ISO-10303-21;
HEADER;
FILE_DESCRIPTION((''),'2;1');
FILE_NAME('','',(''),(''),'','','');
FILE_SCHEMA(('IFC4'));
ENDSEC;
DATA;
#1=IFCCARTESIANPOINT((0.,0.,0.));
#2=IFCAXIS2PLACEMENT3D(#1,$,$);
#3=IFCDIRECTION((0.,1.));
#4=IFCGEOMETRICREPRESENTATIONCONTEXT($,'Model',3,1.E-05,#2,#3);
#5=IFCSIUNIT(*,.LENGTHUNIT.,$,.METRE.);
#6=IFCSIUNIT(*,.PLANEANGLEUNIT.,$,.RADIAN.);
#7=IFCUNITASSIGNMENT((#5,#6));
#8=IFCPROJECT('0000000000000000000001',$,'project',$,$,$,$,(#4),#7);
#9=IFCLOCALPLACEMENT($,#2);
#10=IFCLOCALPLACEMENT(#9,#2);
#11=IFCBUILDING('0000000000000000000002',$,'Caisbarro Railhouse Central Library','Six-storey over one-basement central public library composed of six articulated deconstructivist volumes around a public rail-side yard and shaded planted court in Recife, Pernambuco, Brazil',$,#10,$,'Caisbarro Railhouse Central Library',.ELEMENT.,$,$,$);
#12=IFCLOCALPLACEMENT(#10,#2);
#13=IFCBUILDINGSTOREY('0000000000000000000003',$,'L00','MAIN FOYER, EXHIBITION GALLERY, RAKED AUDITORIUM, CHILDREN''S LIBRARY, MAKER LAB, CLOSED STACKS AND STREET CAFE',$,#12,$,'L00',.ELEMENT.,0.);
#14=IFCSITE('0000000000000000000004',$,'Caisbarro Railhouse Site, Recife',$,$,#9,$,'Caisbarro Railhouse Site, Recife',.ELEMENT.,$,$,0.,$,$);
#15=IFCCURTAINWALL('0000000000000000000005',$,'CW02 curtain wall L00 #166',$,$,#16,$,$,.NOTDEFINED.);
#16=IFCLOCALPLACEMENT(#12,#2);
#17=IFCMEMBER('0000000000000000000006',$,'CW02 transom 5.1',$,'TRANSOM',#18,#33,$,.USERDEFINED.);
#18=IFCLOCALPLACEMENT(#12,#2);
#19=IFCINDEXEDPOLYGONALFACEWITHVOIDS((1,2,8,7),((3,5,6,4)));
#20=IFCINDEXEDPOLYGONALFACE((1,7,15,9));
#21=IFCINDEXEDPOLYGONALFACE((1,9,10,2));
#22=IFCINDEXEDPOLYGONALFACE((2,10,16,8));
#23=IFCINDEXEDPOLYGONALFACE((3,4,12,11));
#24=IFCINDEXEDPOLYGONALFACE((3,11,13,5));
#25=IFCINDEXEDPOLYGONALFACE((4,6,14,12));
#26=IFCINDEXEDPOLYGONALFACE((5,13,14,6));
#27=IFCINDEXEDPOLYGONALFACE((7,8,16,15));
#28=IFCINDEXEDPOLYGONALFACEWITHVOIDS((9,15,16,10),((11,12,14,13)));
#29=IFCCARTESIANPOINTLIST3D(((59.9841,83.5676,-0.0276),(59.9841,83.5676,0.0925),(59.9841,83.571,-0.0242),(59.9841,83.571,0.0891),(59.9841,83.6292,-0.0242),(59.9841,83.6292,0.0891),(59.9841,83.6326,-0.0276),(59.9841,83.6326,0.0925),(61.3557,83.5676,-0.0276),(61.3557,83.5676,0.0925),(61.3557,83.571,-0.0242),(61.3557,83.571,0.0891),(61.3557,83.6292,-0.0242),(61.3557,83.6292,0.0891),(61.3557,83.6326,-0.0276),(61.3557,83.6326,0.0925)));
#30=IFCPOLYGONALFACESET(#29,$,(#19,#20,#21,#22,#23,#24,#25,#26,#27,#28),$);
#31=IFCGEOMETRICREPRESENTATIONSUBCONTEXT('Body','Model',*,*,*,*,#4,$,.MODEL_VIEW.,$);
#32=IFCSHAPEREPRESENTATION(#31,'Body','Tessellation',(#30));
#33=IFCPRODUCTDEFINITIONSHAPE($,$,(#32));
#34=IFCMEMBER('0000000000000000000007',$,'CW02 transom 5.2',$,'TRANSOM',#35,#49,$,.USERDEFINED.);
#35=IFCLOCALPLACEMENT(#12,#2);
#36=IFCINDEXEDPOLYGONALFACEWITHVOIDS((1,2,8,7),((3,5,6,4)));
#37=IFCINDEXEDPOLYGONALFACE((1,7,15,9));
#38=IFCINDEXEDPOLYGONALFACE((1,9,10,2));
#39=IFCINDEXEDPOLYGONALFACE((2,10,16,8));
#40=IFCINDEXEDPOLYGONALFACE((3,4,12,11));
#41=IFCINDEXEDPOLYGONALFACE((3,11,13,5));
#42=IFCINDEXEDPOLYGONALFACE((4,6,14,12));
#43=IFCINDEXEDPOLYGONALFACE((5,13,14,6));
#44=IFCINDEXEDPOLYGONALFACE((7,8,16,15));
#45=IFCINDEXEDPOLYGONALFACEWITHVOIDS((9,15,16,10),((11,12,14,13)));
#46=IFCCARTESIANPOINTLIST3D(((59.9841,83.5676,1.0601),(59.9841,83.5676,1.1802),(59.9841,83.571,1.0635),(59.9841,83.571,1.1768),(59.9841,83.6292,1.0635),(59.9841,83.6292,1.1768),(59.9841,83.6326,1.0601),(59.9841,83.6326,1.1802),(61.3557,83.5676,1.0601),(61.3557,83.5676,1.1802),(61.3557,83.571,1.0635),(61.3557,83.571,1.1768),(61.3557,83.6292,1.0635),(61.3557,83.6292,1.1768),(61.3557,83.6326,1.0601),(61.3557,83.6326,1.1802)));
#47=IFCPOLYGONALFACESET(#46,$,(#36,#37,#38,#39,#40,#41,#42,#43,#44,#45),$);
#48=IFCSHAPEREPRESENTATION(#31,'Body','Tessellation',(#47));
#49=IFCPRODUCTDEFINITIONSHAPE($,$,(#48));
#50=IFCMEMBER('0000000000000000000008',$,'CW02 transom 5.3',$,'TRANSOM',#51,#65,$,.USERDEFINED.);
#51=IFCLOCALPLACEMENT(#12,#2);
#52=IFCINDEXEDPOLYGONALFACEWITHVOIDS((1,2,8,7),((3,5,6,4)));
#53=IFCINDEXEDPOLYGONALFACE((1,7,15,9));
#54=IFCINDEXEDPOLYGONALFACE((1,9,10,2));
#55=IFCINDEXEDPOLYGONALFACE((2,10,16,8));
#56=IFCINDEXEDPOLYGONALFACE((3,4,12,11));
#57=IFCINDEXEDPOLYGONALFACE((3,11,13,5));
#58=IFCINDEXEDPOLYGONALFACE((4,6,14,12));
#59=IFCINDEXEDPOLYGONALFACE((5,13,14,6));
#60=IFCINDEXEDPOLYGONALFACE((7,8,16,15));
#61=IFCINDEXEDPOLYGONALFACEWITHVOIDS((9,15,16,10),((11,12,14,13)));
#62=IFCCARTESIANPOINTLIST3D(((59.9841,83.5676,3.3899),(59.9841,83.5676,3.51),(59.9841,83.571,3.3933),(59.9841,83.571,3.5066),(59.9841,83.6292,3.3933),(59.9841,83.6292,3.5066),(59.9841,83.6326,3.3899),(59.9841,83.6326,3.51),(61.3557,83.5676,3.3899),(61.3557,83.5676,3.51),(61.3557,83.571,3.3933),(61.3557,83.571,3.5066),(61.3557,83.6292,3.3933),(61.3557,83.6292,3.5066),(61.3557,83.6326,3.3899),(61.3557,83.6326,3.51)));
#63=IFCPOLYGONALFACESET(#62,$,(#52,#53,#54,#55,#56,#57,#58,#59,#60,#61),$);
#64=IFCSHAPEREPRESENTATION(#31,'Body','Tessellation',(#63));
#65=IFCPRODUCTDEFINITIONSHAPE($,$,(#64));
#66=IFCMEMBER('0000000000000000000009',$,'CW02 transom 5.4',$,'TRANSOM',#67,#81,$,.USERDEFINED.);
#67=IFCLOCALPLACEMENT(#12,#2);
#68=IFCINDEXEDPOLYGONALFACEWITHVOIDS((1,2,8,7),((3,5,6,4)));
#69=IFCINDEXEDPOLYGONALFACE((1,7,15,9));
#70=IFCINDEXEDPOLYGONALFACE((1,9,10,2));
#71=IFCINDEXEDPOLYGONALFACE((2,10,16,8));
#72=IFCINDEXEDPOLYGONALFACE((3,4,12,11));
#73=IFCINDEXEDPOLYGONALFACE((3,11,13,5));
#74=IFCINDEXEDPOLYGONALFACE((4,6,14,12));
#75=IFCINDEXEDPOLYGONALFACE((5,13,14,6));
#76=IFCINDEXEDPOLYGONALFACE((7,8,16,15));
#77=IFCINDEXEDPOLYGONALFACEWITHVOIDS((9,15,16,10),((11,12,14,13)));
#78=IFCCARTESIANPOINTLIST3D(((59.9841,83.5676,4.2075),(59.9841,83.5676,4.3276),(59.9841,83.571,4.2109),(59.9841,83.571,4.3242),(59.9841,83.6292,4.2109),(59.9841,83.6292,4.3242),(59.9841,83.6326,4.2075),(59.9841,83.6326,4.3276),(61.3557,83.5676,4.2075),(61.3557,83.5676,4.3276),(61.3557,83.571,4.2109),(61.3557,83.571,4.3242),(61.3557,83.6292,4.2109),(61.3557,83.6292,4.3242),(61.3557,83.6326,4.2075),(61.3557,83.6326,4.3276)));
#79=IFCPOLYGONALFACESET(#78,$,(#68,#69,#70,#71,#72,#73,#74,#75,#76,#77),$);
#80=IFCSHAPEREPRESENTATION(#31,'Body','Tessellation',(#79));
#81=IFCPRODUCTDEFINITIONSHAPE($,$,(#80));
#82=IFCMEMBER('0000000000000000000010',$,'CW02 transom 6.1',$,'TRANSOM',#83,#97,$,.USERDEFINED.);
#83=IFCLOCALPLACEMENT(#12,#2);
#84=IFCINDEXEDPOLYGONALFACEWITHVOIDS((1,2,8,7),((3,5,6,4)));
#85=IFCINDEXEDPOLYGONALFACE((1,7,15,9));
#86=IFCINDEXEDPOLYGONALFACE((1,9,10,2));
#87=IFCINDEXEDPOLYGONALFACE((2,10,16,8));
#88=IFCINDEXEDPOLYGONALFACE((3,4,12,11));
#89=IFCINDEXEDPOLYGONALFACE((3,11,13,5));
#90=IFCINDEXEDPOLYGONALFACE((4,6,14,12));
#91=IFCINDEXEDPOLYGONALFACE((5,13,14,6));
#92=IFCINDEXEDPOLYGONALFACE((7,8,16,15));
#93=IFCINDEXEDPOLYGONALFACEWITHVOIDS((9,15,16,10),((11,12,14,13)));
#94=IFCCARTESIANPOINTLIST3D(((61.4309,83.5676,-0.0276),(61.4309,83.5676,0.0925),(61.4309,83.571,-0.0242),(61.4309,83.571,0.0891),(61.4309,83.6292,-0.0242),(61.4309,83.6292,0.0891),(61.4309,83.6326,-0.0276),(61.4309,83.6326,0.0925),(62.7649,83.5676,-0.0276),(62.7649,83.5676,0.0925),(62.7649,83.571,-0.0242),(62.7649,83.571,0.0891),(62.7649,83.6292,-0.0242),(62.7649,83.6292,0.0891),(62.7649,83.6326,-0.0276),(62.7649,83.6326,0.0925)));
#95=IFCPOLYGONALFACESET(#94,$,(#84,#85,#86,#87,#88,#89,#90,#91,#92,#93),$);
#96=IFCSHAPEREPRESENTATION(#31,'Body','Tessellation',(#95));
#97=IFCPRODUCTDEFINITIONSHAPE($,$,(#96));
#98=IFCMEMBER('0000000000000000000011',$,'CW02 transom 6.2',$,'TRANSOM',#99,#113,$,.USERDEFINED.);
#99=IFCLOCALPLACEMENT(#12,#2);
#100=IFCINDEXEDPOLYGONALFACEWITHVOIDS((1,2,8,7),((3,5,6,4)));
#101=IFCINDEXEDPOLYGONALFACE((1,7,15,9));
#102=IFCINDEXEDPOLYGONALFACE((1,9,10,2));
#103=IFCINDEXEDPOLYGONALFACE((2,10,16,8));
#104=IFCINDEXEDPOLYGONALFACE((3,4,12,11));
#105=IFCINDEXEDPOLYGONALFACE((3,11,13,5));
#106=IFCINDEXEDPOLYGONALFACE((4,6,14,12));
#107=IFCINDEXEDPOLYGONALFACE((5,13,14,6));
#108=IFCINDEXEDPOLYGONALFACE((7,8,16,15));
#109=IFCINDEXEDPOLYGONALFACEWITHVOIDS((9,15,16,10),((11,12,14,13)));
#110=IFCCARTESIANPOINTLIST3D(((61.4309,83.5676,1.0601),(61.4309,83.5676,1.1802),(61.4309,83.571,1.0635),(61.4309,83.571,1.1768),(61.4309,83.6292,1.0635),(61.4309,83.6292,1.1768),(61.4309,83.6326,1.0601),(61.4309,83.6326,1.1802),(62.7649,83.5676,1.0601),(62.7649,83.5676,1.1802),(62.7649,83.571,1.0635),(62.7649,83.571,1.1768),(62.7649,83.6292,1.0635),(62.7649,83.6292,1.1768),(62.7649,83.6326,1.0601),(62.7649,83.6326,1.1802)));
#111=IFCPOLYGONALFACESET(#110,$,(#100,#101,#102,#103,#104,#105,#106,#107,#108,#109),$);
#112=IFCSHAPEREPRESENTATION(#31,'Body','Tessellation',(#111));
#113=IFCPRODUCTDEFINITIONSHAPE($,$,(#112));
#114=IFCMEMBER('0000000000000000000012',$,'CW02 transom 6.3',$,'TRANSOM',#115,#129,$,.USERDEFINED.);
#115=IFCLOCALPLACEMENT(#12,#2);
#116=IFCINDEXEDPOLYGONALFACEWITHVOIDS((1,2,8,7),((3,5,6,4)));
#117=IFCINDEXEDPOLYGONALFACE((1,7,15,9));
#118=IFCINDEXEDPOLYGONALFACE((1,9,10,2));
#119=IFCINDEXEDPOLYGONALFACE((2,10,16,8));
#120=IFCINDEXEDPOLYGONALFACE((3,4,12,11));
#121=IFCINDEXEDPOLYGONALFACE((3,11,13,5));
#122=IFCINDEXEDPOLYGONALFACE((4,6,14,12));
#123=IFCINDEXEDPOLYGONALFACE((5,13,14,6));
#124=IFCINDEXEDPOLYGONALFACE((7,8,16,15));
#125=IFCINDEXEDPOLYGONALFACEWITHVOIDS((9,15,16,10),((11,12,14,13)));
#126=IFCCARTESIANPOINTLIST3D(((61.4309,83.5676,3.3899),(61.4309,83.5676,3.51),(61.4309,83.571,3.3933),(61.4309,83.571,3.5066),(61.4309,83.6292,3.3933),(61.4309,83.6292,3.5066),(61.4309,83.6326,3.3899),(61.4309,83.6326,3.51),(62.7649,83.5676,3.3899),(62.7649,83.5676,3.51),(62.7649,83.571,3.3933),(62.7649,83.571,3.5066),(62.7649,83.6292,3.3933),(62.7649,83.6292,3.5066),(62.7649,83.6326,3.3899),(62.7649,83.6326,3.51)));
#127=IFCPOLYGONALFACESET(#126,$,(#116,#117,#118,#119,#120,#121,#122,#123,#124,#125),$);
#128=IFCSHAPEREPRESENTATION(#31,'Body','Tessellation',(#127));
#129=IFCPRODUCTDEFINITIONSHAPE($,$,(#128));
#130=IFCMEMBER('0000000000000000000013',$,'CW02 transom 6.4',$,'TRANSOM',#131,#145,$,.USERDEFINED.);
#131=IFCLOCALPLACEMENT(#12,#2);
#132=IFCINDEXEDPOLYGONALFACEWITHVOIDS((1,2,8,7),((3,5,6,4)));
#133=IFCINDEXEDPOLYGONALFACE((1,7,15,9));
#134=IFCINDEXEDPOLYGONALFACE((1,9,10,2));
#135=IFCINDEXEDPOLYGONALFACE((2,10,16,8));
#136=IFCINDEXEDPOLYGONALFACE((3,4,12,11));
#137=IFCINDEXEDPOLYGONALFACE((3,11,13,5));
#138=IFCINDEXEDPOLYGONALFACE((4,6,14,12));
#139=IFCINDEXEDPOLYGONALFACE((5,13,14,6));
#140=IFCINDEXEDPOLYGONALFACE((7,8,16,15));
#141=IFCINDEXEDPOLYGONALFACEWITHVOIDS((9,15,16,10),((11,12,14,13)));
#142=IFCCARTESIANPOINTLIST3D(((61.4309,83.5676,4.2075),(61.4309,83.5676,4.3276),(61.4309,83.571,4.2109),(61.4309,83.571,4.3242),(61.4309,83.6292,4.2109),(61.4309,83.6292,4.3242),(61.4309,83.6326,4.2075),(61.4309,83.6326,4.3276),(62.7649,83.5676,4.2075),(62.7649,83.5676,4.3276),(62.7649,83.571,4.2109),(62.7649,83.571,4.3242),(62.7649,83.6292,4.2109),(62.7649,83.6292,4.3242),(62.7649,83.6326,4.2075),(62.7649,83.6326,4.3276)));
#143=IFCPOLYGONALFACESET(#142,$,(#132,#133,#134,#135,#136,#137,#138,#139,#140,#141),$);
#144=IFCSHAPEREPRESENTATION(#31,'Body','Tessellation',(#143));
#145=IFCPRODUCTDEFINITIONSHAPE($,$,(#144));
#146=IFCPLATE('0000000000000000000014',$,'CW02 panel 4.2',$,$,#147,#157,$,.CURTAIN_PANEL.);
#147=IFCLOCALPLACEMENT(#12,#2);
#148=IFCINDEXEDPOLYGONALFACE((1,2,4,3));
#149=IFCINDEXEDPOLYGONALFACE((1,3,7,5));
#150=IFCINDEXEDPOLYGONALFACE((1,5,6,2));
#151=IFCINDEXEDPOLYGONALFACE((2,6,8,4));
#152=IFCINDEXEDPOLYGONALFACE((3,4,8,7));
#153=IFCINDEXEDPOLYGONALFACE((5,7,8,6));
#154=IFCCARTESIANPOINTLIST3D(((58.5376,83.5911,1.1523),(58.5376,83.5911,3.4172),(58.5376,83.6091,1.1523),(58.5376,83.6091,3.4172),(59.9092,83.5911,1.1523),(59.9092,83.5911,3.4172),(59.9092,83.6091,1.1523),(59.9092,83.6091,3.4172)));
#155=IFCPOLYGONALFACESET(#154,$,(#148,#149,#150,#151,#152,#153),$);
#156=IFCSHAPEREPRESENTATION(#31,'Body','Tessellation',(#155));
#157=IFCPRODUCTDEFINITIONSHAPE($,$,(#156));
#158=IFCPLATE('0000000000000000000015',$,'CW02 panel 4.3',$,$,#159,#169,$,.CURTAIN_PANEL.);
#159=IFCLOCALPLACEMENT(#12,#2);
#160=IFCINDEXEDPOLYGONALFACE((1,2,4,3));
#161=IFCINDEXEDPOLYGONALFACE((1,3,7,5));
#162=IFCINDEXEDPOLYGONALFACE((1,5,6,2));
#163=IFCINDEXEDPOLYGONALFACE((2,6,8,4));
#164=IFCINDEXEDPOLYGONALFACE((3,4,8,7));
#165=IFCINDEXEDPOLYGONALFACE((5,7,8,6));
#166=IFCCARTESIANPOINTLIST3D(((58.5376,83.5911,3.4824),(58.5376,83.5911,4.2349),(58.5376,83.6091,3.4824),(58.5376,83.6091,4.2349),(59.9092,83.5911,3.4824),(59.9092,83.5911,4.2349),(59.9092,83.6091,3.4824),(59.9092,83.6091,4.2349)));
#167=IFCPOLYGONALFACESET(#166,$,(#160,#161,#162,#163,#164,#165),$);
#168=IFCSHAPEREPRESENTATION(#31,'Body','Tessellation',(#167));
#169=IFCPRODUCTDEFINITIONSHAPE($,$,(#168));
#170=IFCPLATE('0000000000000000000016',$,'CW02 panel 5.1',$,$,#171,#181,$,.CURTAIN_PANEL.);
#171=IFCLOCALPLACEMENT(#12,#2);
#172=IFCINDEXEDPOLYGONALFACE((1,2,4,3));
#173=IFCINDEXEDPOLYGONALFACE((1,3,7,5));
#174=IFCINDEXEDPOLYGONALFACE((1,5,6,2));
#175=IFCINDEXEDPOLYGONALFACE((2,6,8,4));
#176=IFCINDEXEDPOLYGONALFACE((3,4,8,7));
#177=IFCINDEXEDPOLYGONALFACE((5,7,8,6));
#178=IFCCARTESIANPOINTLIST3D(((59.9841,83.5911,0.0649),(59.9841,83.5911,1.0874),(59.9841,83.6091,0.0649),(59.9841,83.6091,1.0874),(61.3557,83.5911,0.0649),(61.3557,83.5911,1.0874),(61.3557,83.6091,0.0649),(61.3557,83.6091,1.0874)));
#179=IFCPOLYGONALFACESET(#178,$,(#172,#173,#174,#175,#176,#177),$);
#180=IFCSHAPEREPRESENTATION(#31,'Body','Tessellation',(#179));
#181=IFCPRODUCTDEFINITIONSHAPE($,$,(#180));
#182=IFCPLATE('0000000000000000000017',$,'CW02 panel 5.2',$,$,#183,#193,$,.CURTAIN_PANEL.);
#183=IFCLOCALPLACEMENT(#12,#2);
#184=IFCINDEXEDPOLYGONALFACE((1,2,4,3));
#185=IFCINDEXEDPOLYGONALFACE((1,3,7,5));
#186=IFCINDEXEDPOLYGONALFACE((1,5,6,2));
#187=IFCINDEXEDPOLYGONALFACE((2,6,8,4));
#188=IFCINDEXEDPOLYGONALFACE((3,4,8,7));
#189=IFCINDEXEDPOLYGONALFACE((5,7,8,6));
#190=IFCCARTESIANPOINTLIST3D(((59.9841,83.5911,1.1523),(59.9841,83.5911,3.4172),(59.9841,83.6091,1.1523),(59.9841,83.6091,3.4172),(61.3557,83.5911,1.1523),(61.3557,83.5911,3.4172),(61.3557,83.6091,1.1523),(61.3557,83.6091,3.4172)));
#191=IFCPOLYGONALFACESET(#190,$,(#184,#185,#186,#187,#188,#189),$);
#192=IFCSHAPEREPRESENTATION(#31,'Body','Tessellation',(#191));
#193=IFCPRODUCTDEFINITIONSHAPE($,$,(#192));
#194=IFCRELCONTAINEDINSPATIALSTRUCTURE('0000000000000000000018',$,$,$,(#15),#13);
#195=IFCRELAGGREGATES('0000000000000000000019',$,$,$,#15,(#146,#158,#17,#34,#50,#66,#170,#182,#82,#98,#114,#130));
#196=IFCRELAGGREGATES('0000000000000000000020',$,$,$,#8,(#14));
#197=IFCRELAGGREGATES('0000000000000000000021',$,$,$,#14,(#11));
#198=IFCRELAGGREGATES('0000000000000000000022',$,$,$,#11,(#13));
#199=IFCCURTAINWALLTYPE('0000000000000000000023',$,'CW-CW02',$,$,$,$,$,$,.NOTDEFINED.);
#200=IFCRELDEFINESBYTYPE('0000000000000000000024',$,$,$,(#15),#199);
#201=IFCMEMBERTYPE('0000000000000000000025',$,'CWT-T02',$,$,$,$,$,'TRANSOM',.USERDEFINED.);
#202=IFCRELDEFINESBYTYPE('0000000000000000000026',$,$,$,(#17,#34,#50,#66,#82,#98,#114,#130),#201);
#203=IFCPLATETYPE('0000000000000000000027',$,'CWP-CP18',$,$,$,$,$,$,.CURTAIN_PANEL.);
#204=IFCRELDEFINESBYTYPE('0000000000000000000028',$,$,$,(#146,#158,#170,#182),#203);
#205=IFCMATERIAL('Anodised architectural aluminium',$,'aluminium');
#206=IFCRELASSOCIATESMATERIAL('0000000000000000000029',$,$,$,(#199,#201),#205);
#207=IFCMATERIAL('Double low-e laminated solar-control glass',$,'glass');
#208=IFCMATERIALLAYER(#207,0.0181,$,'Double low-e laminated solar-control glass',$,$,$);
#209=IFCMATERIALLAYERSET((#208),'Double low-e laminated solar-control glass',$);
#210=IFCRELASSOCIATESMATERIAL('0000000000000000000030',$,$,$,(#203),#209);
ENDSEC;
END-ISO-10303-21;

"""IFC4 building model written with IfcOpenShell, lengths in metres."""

from ifc_helpers import new_model, si_unit, direction, frame, origin, origin_2d, place, context, subcontext, project, spatial, rectangle, hollow_rectangle, extrude, material, layer, layer_set, material_profile, profile_set, type_object, element, aggregate, save


model = new_model("IFC4")

# Units and contexts
model_context = context("Model", 3, precision=1e-05, world=origin(), true_north=direction((0.0, 1.0)))
body_context = subcontext(model_context, "Body", "Model", "MODEL_VIEW")
ifc_project = project(units=[si_unit("LENGTHUNIT", "METRE"), si_unit("PLANEANGLEUNIT", "RADIAN")], contexts=[model_context])

# Site, building, storey
site_placement = place(None, origin())
site = spatial("IfcSite", under=ifc_project, at=site_placement, Name="Caisbarro Railhouse Site, Recife", LongName="Caisbarro Railhouse Site, Recife", CompositionType="ELEMENT", RefElevation=0.0)
building_placement = place(site_placement, origin())
building = spatial("IfcBuilding", under=site, at=building_placement, Name="Caisbarro Railhouse Central Library", Description="Six-storey over one-basement central public library composed of six articulated deconstructivist volumes around a public rail-side yard and shaded planted court in Recife, Pernambuco, Brazil", LongName="Caisbarro Railhouse Central Library", CompositionType="ELEMENT")
storey_placement = place(building_placement, origin())
storey = spatial("IfcBuildingStorey", under=building, at=storey_placement, Name="L00", Description="MAIN FOYER, EXHIBITION GALLERY, RAKED AUDITORIUM, CHILDREN'S LIBRARY, MAKER LAB, CLOSED STACKS AND STREET CAFE", LongName="L00", CompositionType="ELEMENT", Elevation=0.0)

# Curtain wall, members, plates
ifc_material_1 = material(Name="Anodised architectural aluminium", Category="aluminium")
curtain_wall_type = type_object("IfcCurtainWallType", Name="CW-CW02", PredefinedType="NOTDEFINED", material=ifc_material_1)
curtain_wall_placement = place(storey_placement, origin())
curtain_wall = element("IfcCurtainWall", 1, at=curtain_wall_placement, inside=storey, type_object=curtain_wall_type, Name="CW02 curtain wall L00 #166", PredefinedType="NOTDEFINED")
ifc_material_profile_1 = material_profile(ifc_material_1, hollow_rectangle(XDim=0.0649, YDim=0.1201, WallThickness=0.0034, at=origin_2d()), Name="ALU-TRN-65X120")
ifc_profile_set_1 = profile_set([ifc_material_profile_1], Name="Anodised architectural aluminium")
member_type_1 = type_object("IfcMemberType", Name="CWT-T02", ElementType="TRANSOM", PredefinedType="USERDEFINED", material=ifc_profile_set_1)
member_1_placement = place(storey_placement, frame((59.9841, 83.6001, 0.0325), z_axis=(1.0, 0.0, 0.0), x_axis=(0.0, 1.0, 0.0)))
member_1 = element("IfcMember", 2, at=member_1_placement, type_object=member_type_1, Name="CW02 transom 5.1", ObjectType="TRANSOM", PredefinedType="USERDEFINED", context=body_context, shape_type="SweptSolid", body=[
    extrude(hollow_rectangle(XDim=0.0649, YDim=0.1201, WallThickness=0.0034, at=origin_2d()), origin(), (0.0, 0.0, 1.0), 1.3716),
])
member_2_placement = place(storey_placement, frame((59.9841, 83.6001, 1.1201), z_axis=(1.0, 0.0, 0.0), x_axis=(0.0, 1.0, 0.0)))
member_2 = element("IfcMember", 3, at=member_2_placement, type_object=member_type_1, Name="CW02 transom 5.2", ObjectType="TRANSOM", PredefinedType="USERDEFINED", context=body_context, shape_type="SweptSolid", body=[
    extrude(hollow_rectangle(XDim=0.0649, YDim=0.1201, WallThickness=0.0034, at=origin_2d()), origin(), (0.0, 0.0, 1.0), 1.3716),
])
member_3_placement = place(storey_placement, frame((59.9841, 83.6001, 3.45), z_axis=(1.0, 0.0, 0.0), x_axis=(0.0, 1.0, 0.0)))
member_3 = element("IfcMember", 4, at=member_3_placement, type_object=member_type_1, Name="CW02 transom 5.3", ObjectType="TRANSOM", PredefinedType="USERDEFINED", context=body_context, shape_type="SweptSolid", body=[
    extrude(hollow_rectangle(XDim=0.0649, YDim=0.1201, WallThickness=0.0034, at=origin_2d()), origin(), (0.0, 0.0, 1.0), 1.3716),
])
member_4_placement = place(storey_placement, frame((59.9841, 83.6001, 4.2676), z_axis=(1.0, 0.0, 0.0), x_axis=(0.0, 1.0, 0.0)))
member_4 = element("IfcMember", 5, at=member_4_placement, type_object=member_type_1, Name="CW02 transom 5.4", ObjectType="TRANSOM", PredefinedType="USERDEFINED", context=body_context, shape_type="SweptSolid", body=[
    extrude(hollow_rectangle(XDim=0.0649, YDim=0.1201, WallThickness=0.0034, at=origin_2d()), origin(), (0.0, 0.0, 1.0), 1.3716),
])
member_5_placement = place(storey_placement, frame((61.4309, 83.6001, 0.0325), z_axis=(1.0, 0.0, 0.0), x_axis=(0.0, 1.0, 0.0)))
member_5 = element("IfcMember", 6, at=member_5_placement, type_object=member_type_1, Name="CW02 transom 6.1", ObjectType="TRANSOM", PredefinedType="USERDEFINED", context=body_context, shape_type="SweptSolid", body=[
    extrude(hollow_rectangle(XDim=0.0649, YDim=0.1201, WallThickness=0.0034, at=origin_2d()), origin(), (0.0, 0.0, 1.0), 1.334),
])
member_6_placement = place(storey_placement, frame((61.4309, 83.6001, 1.1201), z_axis=(1.0, 0.0, 0.0), x_axis=(0.0, 1.0, 0.0)))
member_6 = element("IfcMember", 7, at=member_6_placement, type_object=member_type_1, Name="CW02 transom 6.2", ObjectType="TRANSOM", PredefinedType="USERDEFINED", context=body_context, shape_type="SweptSolid", body=[
    extrude(hollow_rectangle(XDim=0.0649, YDim=0.1201, WallThickness=0.0034, at=origin_2d()), origin(), (0.0, 0.0, 1.0), 1.334),
])
member_7_placement = place(storey_placement, frame((61.4309, 83.6001, 3.45), z_axis=(1.0, 0.0, 0.0), x_axis=(0.0, 1.0, 0.0)))
member_7 = element("IfcMember", 8, at=member_7_placement, type_object=member_type_1, Name="CW02 transom 6.3", ObjectType="TRANSOM", PredefinedType="USERDEFINED", context=body_context, shape_type="SweptSolid", body=[
    extrude(hollow_rectangle(XDim=0.0649, YDim=0.1201, WallThickness=0.0034, at=origin_2d()), origin(), (0.0, 0.0, 1.0), 1.334),
])
member_8_placement = place(storey_placement, frame((61.4309, 83.6001, 4.2676), z_axis=(1.0, 0.0, 0.0), x_axis=(0.0, 1.0, 0.0)))
member_8 = element("IfcMember", 9, at=member_8_placement, type_object=member_type_1, Name="CW02 transom 6.4", ObjectType="TRANSOM", PredefinedType="USERDEFINED", context=body_context, shape_type="SweptSolid", body=[
    extrude(hollow_rectangle(XDim=0.0649, YDim=0.1201, WallThickness=0.0034, at=origin_2d()), origin(), (0.0, 0.0, 1.0), 1.334),
])
ifc_material_2 = material(Name="Double low-e laminated solar-control glass", Category="glass")
ifc_layer_1 = layer(ifc_material_2, 0.0181, Name="Double low-e laminated solar-control glass")
ifc_layer_set_1 = layer_set([ifc_layer_1], Name="Double low-e laminated solar-control glass")
plate_type = type_object("IfcPlateType", Name="CWP-CP18", PredefinedType="CURTAIN_PANEL", material=ifc_layer_set_1)
plate_1_placement = place(storey_placement, frame((59.2234, 83.6001, 1.1523), z_axis=(0.0, 0.0, 1.0), x_axis=(1.0, 0.0, 0.0)))
plate_1 = element("IfcPlate", 10, at=plate_1_placement, type_object=plate_type, Name="CW02 panel 4.2", PredefinedType="CURTAIN_PANEL", context=body_context, shape_type="SweptSolid", body=[
    extrude(rectangle(XDim=1.3716, YDim=0.0181, at=origin_2d()), origin(), (0.0, 0.0, 1.0), 2.2649),
])
plate_2_placement = place(storey_placement, frame((59.2234, 83.6001, 3.4824), z_axis=(0.0, 0.0, 1.0), x_axis=(1.0, 0.0, 0.0)))
plate_2 = element("IfcPlate", 11, at=plate_2_placement, type_object=plate_type, Name="CW02 panel 4.3", PredefinedType="CURTAIN_PANEL", context=body_context, shape_type="SweptSolid", body=[
    extrude(rectangle(XDim=1.3716, YDim=0.0181, at=origin_2d()), origin(), (0.0, 0.0, 1.0), 0.7524),
])
plate_3_placement = place(storey_placement, frame((60.6699, 83.6001, 0.0649), z_axis=(0.0, 0.0, 1.0), x_axis=(1.0, 0.0, 0.0)))
plate_3 = element("IfcPlate", 12, at=plate_3_placement, type_object=plate_type, Name="CW02 panel 5.1", PredefinedType="CURTAIN_PANEL", context=body_context, shape_type="SweptSolid", body=[
    extrude(rectangle(XDim=1.3716, YDim=0.0181, at=origin_2d()), origin(), (0.0, 0.0, 1.0), 1.0225),
])
plate_4_placement = place(storey_placement, frame((60.6699, 83.6001, 1.1523), z_axis=(0.0, 0.0, 1.0), x_axis=(1.0, 0.0, 0.0)))
plate_4 = element("IfcPlate", 13, at=plate_4_placement, type_object=plate_type, Name="CW02 panel 5.2", PredefinedType="CURTAIN_PANEL", context=body_context, shape_type="SweptSolid", body=[
    extrude(rectangle(XDim=1.3716, YDim=0.0181, at=origin_2d()), origin(), (0.0, 0.0, 1.0), 2.2649),
])
aggregate(curtain_wall, [plate_1, plate_2, member_1, member_2, member_3, member_4, plate_3, plate_4, member_5, member_6, member_7, member_8])

save(model, "model.ifc")
